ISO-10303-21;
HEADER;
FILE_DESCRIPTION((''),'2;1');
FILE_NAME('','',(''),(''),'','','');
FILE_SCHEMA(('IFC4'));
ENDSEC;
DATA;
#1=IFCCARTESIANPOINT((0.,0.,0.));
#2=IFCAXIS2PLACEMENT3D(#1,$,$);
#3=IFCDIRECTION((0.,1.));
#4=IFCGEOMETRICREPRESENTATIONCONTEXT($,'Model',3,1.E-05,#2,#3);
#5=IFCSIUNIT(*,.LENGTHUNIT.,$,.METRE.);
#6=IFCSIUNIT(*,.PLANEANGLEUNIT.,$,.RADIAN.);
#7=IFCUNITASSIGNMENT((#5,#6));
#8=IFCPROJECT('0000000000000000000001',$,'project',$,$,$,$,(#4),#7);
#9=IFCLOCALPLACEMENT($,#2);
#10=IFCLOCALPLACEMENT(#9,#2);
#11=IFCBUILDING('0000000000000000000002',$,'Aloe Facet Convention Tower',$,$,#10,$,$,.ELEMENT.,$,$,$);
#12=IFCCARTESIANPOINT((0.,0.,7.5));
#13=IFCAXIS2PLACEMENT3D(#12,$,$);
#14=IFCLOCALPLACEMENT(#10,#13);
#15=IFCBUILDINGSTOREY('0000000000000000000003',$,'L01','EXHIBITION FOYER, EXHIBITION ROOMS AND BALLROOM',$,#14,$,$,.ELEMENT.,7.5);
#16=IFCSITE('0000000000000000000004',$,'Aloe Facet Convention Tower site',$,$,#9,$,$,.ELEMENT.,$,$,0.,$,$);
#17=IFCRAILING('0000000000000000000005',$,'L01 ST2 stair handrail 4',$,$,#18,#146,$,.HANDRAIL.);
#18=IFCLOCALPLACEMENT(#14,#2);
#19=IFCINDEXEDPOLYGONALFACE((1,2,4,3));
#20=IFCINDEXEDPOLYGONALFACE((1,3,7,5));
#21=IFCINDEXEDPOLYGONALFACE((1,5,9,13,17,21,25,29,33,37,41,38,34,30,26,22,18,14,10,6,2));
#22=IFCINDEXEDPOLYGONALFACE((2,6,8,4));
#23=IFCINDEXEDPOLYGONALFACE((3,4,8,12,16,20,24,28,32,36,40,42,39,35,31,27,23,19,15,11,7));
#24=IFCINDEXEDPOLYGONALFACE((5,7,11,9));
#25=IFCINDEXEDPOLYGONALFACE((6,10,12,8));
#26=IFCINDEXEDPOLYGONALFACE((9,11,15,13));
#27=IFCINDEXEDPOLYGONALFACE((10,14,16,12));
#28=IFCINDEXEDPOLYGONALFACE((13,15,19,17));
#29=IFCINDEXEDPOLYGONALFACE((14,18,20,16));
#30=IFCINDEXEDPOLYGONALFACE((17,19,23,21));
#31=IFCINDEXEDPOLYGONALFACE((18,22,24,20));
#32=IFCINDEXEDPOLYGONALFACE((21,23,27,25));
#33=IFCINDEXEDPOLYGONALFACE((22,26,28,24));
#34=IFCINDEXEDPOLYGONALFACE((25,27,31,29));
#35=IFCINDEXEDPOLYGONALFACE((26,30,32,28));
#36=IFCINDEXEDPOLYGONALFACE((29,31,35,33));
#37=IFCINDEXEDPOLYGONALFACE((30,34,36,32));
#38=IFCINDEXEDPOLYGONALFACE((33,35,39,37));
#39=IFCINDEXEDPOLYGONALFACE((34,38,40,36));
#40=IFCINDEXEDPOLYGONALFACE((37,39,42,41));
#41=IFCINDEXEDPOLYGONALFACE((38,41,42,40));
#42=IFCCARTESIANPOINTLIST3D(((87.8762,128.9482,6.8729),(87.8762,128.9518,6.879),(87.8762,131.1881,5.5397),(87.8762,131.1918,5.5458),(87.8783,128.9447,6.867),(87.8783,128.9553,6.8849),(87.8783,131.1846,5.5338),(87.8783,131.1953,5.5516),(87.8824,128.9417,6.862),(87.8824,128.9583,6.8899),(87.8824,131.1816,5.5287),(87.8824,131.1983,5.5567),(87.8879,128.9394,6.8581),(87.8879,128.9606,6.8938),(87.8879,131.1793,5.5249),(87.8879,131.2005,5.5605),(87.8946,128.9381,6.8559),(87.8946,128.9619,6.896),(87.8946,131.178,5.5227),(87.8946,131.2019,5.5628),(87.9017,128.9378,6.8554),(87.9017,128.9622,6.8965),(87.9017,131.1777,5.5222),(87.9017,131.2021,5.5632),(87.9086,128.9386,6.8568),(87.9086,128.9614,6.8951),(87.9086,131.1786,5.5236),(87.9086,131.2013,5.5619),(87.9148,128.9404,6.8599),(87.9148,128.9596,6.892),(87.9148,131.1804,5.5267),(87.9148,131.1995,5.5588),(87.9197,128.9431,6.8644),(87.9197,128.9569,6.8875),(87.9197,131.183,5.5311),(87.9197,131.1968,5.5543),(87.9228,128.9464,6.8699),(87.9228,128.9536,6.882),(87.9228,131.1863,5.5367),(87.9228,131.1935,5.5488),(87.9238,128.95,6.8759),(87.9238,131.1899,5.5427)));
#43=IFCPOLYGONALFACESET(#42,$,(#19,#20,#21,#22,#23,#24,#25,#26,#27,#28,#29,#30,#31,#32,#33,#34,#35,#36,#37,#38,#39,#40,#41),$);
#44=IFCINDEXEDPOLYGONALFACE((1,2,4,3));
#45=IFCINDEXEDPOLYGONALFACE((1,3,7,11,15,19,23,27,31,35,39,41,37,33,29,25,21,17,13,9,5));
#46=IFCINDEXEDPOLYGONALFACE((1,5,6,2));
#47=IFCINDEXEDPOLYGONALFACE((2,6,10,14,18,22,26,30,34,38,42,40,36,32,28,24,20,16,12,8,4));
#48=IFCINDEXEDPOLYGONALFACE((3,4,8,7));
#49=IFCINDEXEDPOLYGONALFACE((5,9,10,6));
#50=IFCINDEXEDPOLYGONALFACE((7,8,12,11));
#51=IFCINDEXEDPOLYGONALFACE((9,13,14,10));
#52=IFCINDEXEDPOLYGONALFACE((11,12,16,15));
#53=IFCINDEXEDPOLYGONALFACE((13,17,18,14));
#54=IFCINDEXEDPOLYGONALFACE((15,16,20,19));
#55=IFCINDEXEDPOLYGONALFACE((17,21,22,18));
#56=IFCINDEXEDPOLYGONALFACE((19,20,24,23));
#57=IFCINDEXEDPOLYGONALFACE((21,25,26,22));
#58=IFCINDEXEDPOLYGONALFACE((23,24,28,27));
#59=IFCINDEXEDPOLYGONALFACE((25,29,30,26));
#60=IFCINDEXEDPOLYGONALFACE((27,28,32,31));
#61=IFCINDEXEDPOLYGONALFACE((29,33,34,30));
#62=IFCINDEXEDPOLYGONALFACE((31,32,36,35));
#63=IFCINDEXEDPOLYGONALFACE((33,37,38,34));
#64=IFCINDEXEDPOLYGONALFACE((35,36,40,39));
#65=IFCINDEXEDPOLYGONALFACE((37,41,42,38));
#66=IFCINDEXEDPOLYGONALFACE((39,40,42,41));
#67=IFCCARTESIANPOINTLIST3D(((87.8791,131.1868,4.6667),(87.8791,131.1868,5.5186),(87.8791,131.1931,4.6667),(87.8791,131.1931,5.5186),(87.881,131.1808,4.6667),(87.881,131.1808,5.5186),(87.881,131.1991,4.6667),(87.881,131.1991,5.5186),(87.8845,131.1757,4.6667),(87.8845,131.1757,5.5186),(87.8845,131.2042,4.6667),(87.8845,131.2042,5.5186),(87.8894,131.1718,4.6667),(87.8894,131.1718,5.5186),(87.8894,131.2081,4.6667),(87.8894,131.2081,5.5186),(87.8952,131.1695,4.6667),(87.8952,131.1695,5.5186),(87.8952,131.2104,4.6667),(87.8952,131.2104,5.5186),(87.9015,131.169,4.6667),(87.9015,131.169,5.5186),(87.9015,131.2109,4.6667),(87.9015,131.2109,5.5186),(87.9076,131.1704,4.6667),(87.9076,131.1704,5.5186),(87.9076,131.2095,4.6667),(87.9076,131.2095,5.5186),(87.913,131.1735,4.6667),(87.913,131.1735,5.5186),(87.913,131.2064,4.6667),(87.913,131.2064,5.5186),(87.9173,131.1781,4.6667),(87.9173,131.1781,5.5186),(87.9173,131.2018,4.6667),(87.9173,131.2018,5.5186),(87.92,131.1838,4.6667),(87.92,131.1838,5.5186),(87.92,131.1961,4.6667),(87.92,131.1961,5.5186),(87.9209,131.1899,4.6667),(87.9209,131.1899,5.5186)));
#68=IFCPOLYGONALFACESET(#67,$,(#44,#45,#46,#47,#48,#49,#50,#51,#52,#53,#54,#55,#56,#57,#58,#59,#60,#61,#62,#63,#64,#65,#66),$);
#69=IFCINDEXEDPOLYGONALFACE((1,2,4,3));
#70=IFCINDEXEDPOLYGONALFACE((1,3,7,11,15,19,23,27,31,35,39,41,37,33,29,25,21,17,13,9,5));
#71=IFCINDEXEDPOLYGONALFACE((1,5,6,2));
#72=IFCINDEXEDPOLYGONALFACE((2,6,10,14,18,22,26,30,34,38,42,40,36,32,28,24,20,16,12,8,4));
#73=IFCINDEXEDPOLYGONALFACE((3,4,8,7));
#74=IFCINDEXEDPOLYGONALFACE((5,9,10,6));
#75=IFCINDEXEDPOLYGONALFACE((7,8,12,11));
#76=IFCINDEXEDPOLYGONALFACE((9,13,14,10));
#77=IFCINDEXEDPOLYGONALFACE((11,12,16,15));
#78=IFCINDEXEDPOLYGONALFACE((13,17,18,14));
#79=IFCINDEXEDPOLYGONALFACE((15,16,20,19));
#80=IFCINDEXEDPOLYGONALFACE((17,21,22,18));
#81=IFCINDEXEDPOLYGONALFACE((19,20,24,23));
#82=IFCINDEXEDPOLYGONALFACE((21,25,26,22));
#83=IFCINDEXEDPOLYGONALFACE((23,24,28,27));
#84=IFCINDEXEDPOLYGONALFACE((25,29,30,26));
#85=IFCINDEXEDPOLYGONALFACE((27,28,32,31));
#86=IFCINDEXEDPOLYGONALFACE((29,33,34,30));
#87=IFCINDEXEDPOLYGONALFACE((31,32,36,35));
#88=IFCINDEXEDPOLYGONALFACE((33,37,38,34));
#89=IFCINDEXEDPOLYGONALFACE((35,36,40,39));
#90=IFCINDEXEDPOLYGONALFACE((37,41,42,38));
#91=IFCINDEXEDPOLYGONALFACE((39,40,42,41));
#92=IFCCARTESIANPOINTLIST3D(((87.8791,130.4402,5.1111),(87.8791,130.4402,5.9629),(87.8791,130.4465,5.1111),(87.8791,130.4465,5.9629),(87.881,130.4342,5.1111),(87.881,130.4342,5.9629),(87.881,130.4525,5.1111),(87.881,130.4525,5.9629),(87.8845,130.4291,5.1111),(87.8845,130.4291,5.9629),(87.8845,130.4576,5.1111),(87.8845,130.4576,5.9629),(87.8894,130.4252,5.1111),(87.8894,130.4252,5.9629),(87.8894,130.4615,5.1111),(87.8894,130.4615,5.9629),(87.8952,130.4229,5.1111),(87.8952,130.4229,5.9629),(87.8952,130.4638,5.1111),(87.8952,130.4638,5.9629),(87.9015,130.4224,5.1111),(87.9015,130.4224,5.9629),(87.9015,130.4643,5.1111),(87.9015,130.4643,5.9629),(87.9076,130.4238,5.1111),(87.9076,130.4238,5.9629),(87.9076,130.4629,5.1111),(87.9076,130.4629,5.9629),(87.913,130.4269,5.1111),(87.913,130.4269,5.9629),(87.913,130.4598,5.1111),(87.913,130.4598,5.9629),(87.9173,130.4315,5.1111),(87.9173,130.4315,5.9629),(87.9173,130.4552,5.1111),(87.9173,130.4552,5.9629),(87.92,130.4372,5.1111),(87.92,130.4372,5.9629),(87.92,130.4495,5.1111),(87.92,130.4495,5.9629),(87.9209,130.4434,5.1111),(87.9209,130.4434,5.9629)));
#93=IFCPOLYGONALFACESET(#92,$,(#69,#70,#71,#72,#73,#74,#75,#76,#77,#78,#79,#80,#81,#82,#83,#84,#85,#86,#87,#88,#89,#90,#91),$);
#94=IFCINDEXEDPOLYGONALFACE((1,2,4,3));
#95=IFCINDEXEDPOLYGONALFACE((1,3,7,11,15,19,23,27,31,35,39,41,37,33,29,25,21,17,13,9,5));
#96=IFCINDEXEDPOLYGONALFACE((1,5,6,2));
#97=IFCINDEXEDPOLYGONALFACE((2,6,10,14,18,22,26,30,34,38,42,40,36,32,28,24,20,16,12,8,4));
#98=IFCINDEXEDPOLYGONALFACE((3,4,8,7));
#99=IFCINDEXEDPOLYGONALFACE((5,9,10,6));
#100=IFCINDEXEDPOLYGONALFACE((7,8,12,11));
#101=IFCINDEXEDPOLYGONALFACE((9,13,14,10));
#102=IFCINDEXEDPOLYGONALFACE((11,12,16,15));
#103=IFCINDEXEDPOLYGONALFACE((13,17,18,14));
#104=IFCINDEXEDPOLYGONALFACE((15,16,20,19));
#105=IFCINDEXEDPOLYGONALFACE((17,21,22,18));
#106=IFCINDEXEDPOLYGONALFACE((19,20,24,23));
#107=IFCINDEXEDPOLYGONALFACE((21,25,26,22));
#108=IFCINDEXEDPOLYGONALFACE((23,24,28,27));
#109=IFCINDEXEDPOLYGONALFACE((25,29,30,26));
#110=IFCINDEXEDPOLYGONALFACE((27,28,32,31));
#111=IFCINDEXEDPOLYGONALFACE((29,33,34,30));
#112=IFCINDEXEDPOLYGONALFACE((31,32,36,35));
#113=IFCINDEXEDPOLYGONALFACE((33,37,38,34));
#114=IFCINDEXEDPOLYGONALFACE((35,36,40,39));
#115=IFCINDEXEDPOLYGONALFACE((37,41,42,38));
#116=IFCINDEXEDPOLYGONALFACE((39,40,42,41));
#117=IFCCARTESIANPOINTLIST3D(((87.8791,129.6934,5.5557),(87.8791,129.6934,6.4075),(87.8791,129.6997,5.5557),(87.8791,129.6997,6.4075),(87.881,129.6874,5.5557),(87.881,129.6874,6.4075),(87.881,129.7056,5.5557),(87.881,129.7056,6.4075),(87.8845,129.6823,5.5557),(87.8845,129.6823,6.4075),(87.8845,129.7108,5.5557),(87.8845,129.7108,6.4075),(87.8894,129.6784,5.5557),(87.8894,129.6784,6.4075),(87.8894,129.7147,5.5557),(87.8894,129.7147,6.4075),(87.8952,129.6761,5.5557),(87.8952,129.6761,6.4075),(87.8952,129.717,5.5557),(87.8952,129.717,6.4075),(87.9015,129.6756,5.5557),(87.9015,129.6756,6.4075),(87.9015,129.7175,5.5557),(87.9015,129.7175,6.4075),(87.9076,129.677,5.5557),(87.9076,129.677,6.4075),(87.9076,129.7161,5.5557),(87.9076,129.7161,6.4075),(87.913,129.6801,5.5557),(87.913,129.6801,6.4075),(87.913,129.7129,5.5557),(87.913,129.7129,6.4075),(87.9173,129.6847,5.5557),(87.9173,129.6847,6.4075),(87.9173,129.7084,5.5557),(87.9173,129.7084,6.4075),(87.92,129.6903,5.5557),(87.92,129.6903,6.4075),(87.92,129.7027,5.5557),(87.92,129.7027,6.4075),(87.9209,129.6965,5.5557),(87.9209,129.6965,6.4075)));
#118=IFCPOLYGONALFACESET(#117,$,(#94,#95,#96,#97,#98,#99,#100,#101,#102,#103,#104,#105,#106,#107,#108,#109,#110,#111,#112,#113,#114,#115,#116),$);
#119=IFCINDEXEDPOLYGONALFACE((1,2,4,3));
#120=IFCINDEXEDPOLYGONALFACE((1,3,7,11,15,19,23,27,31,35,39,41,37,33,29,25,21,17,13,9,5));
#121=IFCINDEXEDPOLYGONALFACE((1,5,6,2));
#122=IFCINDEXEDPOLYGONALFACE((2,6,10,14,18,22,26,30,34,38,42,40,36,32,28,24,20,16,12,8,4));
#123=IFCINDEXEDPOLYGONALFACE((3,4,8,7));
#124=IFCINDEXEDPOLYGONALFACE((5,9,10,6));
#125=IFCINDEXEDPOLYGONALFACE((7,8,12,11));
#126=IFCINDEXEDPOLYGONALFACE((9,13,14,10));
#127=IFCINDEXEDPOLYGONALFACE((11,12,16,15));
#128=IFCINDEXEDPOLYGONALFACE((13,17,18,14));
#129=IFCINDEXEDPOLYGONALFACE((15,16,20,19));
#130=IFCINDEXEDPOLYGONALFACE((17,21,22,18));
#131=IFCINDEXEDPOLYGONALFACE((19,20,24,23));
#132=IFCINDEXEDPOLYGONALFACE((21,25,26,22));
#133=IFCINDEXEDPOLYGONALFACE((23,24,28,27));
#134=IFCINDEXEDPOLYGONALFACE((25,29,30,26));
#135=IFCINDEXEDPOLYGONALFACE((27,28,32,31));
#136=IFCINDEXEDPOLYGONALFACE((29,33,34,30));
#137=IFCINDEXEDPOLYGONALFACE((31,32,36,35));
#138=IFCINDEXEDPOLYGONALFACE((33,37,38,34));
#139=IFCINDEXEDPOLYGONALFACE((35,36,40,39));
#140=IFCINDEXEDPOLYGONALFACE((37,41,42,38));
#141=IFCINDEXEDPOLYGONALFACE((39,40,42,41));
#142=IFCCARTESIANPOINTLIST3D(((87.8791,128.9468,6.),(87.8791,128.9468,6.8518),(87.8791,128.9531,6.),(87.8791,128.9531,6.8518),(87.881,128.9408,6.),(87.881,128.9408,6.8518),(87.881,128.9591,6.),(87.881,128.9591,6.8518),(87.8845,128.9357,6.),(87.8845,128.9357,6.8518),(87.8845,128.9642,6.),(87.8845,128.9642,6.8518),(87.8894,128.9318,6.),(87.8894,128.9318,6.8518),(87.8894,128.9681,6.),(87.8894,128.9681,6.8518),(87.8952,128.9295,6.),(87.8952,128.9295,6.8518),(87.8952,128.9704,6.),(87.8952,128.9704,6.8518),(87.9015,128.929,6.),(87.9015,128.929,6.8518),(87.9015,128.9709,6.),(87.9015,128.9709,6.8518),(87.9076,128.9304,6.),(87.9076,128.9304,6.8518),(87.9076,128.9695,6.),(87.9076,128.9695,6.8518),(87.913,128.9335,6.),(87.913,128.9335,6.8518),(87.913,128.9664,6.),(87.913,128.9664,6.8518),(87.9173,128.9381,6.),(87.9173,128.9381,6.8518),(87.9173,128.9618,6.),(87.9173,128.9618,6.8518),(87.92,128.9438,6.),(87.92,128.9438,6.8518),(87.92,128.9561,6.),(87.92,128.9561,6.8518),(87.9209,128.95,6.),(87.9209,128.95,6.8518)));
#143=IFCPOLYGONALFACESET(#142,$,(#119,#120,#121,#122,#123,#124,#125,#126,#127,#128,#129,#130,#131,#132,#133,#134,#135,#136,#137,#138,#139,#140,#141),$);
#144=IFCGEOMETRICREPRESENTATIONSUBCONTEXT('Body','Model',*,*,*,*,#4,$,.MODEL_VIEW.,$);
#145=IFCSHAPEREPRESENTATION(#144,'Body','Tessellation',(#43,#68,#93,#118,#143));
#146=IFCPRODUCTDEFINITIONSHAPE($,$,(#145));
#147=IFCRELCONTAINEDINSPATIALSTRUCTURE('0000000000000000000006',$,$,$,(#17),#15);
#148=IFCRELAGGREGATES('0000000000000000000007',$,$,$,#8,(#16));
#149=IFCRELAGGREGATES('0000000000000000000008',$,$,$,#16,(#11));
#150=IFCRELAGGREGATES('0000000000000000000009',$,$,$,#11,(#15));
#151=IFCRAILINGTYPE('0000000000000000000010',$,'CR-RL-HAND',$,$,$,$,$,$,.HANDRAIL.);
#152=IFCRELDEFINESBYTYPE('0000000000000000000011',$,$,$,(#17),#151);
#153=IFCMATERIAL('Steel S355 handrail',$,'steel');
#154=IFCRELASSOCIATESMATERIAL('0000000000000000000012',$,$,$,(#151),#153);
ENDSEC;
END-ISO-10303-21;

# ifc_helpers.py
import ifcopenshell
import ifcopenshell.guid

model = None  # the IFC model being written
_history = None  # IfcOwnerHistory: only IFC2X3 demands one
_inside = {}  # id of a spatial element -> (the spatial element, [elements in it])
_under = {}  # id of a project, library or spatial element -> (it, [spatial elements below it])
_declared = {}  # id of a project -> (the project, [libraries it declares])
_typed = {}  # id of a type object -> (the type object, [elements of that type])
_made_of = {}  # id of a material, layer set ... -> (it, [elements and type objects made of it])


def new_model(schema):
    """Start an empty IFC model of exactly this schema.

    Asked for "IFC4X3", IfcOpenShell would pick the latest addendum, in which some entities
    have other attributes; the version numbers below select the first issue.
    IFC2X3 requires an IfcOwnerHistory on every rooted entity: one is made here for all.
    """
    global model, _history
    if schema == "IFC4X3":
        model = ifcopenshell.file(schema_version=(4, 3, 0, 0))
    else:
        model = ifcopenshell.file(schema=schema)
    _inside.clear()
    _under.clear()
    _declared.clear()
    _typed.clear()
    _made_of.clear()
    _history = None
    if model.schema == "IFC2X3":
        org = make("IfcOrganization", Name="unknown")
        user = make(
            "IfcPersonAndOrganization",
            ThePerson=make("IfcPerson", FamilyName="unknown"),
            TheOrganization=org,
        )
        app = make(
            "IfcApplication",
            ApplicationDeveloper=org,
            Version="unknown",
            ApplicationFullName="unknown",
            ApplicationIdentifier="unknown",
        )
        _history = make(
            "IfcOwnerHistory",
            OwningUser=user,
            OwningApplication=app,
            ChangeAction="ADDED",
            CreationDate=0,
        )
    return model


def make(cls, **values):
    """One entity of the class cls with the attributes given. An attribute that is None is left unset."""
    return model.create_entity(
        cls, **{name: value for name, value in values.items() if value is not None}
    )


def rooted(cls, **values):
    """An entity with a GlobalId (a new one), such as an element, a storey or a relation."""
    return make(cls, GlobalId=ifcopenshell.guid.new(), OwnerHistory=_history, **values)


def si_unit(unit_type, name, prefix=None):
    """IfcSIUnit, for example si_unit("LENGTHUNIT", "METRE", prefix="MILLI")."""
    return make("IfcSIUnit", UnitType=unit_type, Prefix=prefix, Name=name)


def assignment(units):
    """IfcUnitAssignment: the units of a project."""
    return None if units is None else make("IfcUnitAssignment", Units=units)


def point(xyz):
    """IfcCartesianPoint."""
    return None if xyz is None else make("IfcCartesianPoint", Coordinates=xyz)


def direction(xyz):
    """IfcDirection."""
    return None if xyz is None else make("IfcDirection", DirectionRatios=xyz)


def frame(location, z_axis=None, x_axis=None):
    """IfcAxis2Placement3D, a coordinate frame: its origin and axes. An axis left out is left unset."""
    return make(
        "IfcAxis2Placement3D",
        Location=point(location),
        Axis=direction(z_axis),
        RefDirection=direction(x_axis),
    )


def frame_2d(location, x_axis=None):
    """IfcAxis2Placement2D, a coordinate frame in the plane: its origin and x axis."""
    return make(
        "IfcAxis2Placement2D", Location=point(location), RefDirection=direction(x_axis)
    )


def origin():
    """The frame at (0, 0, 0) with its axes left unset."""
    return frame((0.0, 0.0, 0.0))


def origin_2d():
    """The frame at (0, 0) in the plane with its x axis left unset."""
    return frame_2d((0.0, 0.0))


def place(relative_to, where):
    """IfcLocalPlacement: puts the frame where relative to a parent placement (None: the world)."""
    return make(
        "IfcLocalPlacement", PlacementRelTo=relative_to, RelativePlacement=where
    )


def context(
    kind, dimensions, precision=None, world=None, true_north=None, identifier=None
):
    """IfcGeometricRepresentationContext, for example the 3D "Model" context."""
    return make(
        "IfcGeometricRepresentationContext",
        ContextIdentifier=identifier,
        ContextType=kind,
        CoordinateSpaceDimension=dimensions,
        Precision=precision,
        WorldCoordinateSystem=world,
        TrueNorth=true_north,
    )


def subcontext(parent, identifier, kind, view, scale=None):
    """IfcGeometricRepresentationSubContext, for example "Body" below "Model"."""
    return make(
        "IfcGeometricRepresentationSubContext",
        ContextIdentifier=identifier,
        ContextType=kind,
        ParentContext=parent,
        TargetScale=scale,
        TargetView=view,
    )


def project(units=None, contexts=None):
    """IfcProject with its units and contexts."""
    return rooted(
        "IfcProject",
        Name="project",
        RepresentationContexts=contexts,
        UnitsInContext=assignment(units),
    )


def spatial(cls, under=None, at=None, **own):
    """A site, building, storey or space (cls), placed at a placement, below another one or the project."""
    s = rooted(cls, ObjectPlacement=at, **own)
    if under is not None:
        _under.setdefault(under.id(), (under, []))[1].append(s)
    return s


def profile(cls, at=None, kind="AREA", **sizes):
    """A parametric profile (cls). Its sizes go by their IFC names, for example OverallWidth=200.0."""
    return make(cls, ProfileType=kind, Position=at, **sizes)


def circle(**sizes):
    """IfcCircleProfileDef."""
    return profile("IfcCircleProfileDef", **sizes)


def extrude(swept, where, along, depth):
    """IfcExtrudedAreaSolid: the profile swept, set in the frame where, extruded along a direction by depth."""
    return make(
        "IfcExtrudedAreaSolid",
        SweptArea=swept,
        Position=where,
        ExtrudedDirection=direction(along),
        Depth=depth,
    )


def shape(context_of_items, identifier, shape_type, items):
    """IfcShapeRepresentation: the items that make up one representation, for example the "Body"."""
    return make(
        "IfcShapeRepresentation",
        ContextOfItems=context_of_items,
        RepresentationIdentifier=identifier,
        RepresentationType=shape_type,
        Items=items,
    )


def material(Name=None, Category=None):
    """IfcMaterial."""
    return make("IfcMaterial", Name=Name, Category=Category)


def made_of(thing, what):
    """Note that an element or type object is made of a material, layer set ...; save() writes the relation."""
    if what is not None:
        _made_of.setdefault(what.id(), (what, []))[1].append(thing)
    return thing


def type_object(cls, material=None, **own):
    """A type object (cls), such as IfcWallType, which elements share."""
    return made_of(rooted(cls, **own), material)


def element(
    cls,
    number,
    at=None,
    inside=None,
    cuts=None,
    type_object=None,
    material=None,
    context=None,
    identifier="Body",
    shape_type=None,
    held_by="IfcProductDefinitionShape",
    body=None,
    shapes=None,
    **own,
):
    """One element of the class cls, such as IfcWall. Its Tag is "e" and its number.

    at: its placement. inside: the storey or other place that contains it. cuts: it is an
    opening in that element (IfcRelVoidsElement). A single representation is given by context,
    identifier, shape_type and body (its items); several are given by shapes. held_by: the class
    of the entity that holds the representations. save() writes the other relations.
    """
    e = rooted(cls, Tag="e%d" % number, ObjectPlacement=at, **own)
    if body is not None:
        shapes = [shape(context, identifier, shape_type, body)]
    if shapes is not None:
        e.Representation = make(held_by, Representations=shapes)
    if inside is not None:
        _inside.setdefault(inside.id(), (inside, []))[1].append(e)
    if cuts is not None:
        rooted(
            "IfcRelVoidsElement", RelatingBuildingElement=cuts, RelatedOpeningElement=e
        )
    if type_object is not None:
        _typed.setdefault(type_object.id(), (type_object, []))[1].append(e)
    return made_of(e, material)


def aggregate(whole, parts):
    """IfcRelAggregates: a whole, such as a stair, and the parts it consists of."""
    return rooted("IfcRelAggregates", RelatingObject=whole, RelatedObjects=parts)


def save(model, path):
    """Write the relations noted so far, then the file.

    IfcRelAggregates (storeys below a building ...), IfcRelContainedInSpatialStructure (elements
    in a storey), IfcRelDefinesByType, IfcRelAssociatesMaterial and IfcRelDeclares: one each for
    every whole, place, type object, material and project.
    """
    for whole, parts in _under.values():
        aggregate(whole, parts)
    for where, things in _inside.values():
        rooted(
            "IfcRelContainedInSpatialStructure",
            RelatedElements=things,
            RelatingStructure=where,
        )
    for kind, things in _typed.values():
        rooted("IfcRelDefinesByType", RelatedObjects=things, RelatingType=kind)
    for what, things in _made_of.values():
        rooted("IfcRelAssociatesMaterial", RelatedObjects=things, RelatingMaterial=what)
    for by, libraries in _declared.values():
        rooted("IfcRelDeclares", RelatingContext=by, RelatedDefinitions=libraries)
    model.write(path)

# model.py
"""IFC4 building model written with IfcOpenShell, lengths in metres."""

from ifc_helpers import new_model, si_unit, direction, frame, origin, origin_2d, place, context, subcontext, project, spatial, circle, extrude, material, type_object, element, save


model = new_model("IFC4")

# Units and contexts
model_context = context("Model", 3, precision=1e-05, world=origin(), true_north=direction((0.0, 1.0)))
body_context = subcontext(model_context, "Body", "Model", "MODEL_VIEW")
ifc_project = project(units=[si_unit("LENGTHUNIT", "METRE"), si_unit("PLANEANGLEUNIT", "RADIAN")], contexts=[model_context])

# Site, building, storey
site_placement = place(None, origin())
site = spatial("IfcSite", under=ifc_project, at=site_placement, Name="Aloe Facet Convention Tower site", CompositionType="ELEMENT", RefElevation=0.0)
building_placement = place(site_placement, origin())
building = spatial("IfcBuilding", under=site, at=building_placement, Name="Aloe Facet Convention Tower", CompositionType="ELEMENT")
storey_placement = place(building_placement, frame((0.0, 0.0, 7.5)))
storey = spatial("IfcBuildingStorey", under=building, at=storey_placement, Name="L01", Description="EXHIBITION FOYER, EXHIBITION ROOMS AND BALLROOM", CompositionType="ELEMENT", Elevation=7.5)

# Railing
ifc_material_1 = material(Name="Steel S355 handrail", Category="steel")
railing_type_1 = type_object("IfcRailingType", Name="CR-RL-HAND", PredefinedType="HANDRAIL", material=ifc_material_1)
railing_1_placement = place(storey_placement, frame((87.8999, 131.1899, 4.6667)))
element("IfcRailing", 1, at=railing_1_placement, inside=storey, type_object=railing_type_1, Name="L01 ST2 stair handrail 4", PredefinedType="HANDRAIL", context=body_context, shape_type="SweptSolid", body=[
    extrude(circle(Radius=0.0239, at=origin_2d()), frame((0.0, 0.0, 0.876), z_axis=(0.0, -0.859306, 0.511462), x_axis=(1.0, 0.0, 0.0)), (0.0, 0.0, 1.0), 2.6067),
    extrude(circle(Radius=0.021, at=origin_2d()), origin(), (0.0, 0.0, 1.0), 0.8518),
    extrude(circle(Radius=0.021, at=origin_2d()), frame((0.0, -0.7466, 0.4443)), (0.0, 0.0, 1.0), 0.8518),
    extrude(circle(Radius=0.021, at=origin_2d()), frame((0.0, -1.4934, 0.8889)), (0.0, 0.0, 1.0), 0.8518),
    extrude(circle(Radius=0.021, at=origin_2d()), frame((0.0, -2.24, 1.3333)), (0.0, 0.0, 1.0), 0.8518),
])

save(model, "model.ifc")
